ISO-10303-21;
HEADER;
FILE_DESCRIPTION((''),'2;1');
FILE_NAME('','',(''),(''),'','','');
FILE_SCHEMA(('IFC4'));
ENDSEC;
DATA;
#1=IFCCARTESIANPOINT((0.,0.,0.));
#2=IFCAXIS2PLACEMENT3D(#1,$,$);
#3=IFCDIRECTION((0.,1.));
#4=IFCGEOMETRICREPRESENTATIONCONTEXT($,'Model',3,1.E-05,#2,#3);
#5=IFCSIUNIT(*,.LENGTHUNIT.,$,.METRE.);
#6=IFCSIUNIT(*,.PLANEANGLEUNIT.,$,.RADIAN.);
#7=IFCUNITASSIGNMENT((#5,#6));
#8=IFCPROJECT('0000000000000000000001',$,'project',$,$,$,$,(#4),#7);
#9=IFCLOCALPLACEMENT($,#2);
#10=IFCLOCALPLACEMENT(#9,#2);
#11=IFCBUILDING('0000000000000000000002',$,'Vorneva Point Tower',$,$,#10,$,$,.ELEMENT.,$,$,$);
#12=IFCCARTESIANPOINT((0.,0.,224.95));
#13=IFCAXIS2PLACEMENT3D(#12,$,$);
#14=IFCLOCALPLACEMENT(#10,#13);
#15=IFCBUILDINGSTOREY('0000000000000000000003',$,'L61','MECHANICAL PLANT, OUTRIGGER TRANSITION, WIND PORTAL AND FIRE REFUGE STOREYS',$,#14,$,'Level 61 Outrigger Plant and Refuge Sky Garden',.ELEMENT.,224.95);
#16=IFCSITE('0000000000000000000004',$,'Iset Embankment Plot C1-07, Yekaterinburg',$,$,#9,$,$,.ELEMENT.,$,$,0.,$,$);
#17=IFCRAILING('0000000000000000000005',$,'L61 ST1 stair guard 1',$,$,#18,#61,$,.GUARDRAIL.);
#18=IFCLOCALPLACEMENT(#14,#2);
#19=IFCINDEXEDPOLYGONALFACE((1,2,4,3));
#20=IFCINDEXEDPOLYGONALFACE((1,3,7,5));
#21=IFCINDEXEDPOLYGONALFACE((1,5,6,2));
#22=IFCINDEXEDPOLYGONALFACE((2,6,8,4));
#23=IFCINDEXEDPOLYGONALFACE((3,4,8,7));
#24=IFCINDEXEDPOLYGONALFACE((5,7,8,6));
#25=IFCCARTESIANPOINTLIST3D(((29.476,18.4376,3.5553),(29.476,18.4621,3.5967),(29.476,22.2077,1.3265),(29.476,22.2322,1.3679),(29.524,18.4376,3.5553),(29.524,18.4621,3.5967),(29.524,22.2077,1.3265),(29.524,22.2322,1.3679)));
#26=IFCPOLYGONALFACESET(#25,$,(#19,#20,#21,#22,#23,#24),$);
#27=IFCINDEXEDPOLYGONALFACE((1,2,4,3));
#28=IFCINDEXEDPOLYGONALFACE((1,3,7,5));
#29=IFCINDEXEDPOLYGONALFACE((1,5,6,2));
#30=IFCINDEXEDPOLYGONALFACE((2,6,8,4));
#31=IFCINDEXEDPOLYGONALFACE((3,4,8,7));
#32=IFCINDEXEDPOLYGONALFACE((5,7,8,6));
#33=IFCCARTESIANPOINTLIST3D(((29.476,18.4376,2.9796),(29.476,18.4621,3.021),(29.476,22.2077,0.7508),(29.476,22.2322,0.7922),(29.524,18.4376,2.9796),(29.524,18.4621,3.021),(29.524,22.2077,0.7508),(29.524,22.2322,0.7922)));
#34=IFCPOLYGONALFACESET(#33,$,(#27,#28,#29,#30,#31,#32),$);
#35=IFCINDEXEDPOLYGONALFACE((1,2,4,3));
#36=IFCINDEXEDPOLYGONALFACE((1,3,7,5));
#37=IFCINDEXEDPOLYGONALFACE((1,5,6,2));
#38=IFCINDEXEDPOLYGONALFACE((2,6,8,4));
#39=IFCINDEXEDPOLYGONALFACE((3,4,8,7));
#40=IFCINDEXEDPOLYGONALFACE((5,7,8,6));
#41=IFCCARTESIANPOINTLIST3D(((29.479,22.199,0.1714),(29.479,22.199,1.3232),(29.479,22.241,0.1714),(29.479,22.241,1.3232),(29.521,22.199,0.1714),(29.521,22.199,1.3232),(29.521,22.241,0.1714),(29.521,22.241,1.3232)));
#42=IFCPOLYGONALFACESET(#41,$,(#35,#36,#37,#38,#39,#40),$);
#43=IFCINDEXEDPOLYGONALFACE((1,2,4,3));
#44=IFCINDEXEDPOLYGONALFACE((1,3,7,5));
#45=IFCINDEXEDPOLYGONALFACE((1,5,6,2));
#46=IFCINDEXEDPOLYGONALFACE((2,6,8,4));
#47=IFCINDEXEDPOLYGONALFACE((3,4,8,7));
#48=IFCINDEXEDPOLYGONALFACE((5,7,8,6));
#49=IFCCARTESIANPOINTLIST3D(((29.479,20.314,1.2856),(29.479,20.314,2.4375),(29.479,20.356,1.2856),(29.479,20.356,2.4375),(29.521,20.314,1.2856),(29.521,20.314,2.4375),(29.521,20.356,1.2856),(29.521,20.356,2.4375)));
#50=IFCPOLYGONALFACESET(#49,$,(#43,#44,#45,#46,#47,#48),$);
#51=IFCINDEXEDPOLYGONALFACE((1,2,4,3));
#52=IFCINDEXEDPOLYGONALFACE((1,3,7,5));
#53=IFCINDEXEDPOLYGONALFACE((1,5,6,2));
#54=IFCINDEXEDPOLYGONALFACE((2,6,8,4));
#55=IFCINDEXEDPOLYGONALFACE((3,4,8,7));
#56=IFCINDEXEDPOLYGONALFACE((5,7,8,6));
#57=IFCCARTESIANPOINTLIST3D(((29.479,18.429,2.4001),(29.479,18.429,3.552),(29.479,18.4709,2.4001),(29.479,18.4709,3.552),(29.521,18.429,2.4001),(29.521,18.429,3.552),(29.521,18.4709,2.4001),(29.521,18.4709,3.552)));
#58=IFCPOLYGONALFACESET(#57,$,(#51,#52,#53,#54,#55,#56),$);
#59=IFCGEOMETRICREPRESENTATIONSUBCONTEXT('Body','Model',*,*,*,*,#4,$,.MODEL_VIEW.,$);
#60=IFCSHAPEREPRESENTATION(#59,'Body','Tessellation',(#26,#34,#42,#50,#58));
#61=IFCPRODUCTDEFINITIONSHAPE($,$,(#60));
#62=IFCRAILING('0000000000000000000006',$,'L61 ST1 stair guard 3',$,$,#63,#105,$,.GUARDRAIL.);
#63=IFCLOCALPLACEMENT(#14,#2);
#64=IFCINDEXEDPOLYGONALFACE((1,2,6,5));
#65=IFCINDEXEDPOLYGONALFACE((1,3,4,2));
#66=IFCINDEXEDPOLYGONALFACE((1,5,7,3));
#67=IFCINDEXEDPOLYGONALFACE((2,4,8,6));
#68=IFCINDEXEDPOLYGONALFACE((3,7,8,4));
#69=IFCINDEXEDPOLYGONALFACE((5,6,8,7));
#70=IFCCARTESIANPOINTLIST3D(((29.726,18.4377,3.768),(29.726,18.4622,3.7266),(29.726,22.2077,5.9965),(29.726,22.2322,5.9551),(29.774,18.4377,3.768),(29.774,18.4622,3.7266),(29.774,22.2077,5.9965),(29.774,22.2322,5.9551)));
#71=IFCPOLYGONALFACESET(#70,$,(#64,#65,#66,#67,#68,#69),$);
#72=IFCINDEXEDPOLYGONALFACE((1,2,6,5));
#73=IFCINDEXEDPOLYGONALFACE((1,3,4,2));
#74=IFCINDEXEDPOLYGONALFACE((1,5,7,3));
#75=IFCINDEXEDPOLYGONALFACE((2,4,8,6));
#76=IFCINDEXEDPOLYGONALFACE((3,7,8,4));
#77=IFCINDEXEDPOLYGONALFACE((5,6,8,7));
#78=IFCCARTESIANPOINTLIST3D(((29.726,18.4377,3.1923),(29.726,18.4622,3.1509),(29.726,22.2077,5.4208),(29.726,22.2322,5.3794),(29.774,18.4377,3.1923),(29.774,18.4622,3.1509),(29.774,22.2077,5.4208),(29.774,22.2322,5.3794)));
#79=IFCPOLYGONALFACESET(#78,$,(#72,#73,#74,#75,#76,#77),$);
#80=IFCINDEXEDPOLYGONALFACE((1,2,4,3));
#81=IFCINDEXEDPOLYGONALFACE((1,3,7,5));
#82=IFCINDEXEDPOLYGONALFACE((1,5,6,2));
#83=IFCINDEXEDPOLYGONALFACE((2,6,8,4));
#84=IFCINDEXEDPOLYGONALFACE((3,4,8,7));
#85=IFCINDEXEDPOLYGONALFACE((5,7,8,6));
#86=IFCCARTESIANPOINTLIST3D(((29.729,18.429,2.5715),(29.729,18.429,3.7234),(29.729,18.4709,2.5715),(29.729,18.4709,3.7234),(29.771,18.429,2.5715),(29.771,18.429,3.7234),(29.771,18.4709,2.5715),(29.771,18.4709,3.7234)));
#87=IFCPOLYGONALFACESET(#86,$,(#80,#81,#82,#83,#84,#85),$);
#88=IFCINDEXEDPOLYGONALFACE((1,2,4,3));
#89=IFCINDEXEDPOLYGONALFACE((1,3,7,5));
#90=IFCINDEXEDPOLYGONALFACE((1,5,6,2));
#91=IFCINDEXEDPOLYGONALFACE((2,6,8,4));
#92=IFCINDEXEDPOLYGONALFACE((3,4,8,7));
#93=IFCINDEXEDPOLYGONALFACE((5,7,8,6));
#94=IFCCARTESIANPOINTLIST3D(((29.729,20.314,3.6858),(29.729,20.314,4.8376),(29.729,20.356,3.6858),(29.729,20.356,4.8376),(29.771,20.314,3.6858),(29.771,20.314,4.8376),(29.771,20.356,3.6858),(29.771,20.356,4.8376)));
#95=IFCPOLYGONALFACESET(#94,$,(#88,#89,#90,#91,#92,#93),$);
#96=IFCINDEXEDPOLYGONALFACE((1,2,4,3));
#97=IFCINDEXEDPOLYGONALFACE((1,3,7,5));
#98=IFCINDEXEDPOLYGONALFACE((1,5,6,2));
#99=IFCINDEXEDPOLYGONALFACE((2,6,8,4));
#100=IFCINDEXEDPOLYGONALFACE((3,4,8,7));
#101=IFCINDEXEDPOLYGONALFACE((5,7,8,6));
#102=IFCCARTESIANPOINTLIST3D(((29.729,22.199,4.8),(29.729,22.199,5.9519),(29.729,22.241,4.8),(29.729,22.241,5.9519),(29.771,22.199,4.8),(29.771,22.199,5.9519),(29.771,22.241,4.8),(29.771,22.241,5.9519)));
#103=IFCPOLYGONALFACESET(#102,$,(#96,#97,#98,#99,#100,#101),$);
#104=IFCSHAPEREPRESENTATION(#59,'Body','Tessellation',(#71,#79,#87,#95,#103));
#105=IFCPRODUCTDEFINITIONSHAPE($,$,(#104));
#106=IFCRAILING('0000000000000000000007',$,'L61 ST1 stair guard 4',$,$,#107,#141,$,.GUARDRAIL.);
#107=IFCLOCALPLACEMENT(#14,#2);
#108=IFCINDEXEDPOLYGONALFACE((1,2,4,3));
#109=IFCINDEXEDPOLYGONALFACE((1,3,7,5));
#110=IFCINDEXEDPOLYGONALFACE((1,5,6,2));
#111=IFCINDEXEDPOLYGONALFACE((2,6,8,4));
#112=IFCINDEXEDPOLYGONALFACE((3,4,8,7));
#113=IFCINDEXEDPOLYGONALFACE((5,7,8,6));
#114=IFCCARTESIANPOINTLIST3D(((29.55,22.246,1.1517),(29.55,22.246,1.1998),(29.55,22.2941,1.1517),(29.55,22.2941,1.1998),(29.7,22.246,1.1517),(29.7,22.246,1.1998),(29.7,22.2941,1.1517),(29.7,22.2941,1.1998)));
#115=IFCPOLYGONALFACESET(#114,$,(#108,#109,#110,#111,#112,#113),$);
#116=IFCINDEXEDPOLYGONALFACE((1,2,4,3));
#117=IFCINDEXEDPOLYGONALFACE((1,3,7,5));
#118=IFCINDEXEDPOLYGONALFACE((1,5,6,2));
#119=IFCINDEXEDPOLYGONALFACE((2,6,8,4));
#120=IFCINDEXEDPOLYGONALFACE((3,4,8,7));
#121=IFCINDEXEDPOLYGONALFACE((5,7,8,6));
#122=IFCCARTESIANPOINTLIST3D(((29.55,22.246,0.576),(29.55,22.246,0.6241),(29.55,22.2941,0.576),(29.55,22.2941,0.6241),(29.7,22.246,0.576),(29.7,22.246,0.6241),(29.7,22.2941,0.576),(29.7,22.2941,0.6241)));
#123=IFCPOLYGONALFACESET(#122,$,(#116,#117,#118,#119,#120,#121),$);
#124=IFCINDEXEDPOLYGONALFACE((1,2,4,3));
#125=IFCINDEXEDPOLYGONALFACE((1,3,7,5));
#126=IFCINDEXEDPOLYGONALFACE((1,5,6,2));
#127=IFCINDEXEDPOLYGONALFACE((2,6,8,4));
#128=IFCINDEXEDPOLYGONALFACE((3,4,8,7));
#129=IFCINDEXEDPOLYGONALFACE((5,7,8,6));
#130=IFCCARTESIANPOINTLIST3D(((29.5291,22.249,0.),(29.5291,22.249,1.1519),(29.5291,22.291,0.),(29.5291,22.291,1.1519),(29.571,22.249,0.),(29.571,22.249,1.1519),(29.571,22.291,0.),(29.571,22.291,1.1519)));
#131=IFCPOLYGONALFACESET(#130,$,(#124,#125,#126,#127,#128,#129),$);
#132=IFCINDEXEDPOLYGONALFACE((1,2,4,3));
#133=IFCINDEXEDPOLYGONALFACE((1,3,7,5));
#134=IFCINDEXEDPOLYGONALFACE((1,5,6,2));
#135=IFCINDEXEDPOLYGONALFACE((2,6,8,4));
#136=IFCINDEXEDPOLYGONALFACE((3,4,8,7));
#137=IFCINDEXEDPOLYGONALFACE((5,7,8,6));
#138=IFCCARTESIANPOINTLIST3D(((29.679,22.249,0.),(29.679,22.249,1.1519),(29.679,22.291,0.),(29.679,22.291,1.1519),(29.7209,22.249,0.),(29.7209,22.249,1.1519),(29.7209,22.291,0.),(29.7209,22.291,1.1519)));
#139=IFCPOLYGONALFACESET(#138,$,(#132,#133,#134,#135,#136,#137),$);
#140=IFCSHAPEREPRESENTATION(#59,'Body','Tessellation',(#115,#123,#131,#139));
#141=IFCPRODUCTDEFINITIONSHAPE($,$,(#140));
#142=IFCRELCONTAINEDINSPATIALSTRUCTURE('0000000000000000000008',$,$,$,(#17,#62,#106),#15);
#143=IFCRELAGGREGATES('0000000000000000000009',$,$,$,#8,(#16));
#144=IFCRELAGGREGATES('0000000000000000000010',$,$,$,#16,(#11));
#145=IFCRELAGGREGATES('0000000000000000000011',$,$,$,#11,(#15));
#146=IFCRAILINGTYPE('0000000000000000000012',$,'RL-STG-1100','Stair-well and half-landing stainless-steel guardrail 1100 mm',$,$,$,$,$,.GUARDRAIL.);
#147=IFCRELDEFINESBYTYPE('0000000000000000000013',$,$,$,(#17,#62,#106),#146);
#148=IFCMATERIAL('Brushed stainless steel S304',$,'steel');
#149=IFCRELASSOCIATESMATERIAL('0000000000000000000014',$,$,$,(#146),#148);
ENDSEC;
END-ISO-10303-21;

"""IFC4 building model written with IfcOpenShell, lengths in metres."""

from ifc_helpers import new_model, si_unit, direction, frame, origin, origin_2d, place, context, subcontext, project, spatial, rectangle, extrude, material, type_object, element, save


model = new_model("IFC4")

# Units and contexts
model_context = context("Model", 3, precision=1e-05, world=origin(), true_north=direction((0.0, 1.0)))
body_context = subcontext(model_context, "Body", "Model", "MODEL_VIEW")
ifc_project = project(units=[si_unit("LENGTHUNIT", "METRE"), si_unit("PLANEANGLEUNIT", "RADIAN")], contexts=[model_context])

# Site, building, storey
site_placement = place(None, origin())
site = spatial("IfcSite", under=ifc_project, at=site_placement, Name="Iset Embankment Plot C1-07, Yekaterinburg", CompositionType="ELEMENT", RefElevation=0.0)
building_placement = place(site_placement, origin())
building = spatial("IfcBuilding", under=site, at=building_placement, Name="Vorneva Point Tower", CompositionType="ELEMENT")
storey_placement = place(building_placement, frame((0.0, 0.0, 224.95)))
storey = spatial("IfcBuildingStorey", under=building, at=storey_placement, Name="L61", Description="MECHANICAL PLANT, OUTRIGGER TRANSITION, WIND PORTAL AND FIRE REFUGE STOREYS", LongName="Level 61 Outrigger Plant and Refuge Sky Garden", CompositionType="ELEMENT", Elevation=224.95)

# Railings
ifc_material_1 = material(Name="Brushed stainless steel S304", Category="steel")
railing_type_1 = type_object("IfcRailingType", Name="RL-STG-1100", Description="Stair-well and half-landing stainless-steel guardrail 1100 mm", PredefinedType="GUARDRAIL", material=ifc_material_1)
railing_1_placement = place(storey_placement, frame((29.5, 22.22, 0.1714)))
element("IfcRailing", 1, at=railing_1_placement, inside=storey, type_object=railing_type_1, Name="L61 ST1 stair guard 1", PredefinedType="GUARDRAIL", context=body_context, shape_type="SweptSolid", body=[
    extrude(rectangle(XDim=0.0481, YDim=0.0481, at=origin_2d()), frame((0.0, 0.0, 1.1758), z_axis=(0.0, -0.860824, 0.508902), x_axis=(1.0, 0.0, 0.0)), (0.0, 0.0, 1.0), 4.3796),
    extrude(rectangle(XDim=0.0481, YDim=0.0481, at=origin_2d()), frame((0.0, 0.0, 0.6001), z_axis=(0.0, -0.860824, 0.508902), x_axis=(1.0, 0.0, 0.0)), (0.0, 0.0, 1.0), 4.3796),
    extrude(rectangle(XDim=0.042, YDim=0.042, at=origin_2d()), origin(), (0.0, 0.0, 1.0), 1.1519),
    extrude(rectangle(XDim=0.042, YDim=0.042, at=origin_2d()), frame((0.0, -1.885, 1.1143)), (0.0, 0.0, 1.0), 1.1519),
    extrude(rectangle(XDim=0.042, YDim=0.042, at=origin_2d()), frame((0.0, -3.77, 2.2288)), (0.0, 0.0, 1.0), 1.1519),
])
railing_2_placement = place(storey_placement, frame((29.75, 18.45, 2.5715)))
element("IfcRailing", 2, at=railing_2_placement, inside=storey, type_object=railing_type_1, Name="L61 ST1 stair guard 3", PredefinedType="GUARDRAIL", context=body_context, shape_type="SweptSolid", body=[
    extrude(rectangle(XDim=0.0481, YDim=0.0481, at=origin_2d()), frame((0.0, 0.0, 1.1758), z_axis=(0.0, 0.860849, 0.508861), x_axis=(-1.0, 0.0, 0.0)), (0.0, 0.0, 1.0), 4.3794),
    extrude(rectangle(XDim=0.0481, YDim=0.0481, at=origin_2d()), frame((0.0, 0.0, 0.6001), z_axis=(0.0, 0.860849, 0.508861), x_axis=(-1.0, 0.0, 0.0)), (0.0, 0.0, 1.0), 4.3794),
    extrude(rectangle(XDim=0.042, YDim=0.042, at=origin_2d()), origin(), (0.0, 0.0, 1.0), 1.1519),
    extrude(rectangle(XDim=0.042, YDim=0.042, at=origin_2d()), frame((0.0, 1.885, 1.1143)), (0.0, 0.0, 1.0), 1.1519),
    extrude(rectangle(XDim=0.042, YDim=0.042, at=origin_2d()), frame((0.0, 3.77, 2.2285)), (0.0, 0.0, 1.0), 1.1519),
])
railing_3_placement = place(storey_placement, frame((29.55, 22.27, 0.0)))
element("IfcRailing", 3, at=railing_3_placement, inside=storey, type_object=railing_type_1, Name="L61 ST1 stair guard 4", PredefinedType="GUARDRAIL", context=body_context, shape_type="SweptSolid", body=[
    extrude(rectangle(XDim=0.0481, YDim=0.0481, at=origin_2d()), frame((0.0, 0.0, 1.1758), z_axis=(1.0, 0.0, 0.0), x_axis=(0.0, 1.0, 0.0)), (0.0, 0.0, 1.0), 0.1499),
    extrude(rectangle(XDim=0.0481, YDim=0.0481, at=origin_2d()), frame((0.0, 0.0, 0.6001), z_axis=(1.0, 0.0, 0.0), x_axis=(0.0, 1.0, 0.0)), (0.0, 0.0, 1.0), 0.1499),
    extrude(rectangle(XDim=0.042, YDim=0.042, at=origin_2d()), origin(), (0.0, 0.0, 1.0), 1.1519),
    extrude(rectangle(XDim=0.042, YDim=0.042, at=origin_2d()), frame((0.1499, 0.0, 0.0)), (0.0, 0.0, 1.0), 1.1519),
])

save(model, "model.ifc")
